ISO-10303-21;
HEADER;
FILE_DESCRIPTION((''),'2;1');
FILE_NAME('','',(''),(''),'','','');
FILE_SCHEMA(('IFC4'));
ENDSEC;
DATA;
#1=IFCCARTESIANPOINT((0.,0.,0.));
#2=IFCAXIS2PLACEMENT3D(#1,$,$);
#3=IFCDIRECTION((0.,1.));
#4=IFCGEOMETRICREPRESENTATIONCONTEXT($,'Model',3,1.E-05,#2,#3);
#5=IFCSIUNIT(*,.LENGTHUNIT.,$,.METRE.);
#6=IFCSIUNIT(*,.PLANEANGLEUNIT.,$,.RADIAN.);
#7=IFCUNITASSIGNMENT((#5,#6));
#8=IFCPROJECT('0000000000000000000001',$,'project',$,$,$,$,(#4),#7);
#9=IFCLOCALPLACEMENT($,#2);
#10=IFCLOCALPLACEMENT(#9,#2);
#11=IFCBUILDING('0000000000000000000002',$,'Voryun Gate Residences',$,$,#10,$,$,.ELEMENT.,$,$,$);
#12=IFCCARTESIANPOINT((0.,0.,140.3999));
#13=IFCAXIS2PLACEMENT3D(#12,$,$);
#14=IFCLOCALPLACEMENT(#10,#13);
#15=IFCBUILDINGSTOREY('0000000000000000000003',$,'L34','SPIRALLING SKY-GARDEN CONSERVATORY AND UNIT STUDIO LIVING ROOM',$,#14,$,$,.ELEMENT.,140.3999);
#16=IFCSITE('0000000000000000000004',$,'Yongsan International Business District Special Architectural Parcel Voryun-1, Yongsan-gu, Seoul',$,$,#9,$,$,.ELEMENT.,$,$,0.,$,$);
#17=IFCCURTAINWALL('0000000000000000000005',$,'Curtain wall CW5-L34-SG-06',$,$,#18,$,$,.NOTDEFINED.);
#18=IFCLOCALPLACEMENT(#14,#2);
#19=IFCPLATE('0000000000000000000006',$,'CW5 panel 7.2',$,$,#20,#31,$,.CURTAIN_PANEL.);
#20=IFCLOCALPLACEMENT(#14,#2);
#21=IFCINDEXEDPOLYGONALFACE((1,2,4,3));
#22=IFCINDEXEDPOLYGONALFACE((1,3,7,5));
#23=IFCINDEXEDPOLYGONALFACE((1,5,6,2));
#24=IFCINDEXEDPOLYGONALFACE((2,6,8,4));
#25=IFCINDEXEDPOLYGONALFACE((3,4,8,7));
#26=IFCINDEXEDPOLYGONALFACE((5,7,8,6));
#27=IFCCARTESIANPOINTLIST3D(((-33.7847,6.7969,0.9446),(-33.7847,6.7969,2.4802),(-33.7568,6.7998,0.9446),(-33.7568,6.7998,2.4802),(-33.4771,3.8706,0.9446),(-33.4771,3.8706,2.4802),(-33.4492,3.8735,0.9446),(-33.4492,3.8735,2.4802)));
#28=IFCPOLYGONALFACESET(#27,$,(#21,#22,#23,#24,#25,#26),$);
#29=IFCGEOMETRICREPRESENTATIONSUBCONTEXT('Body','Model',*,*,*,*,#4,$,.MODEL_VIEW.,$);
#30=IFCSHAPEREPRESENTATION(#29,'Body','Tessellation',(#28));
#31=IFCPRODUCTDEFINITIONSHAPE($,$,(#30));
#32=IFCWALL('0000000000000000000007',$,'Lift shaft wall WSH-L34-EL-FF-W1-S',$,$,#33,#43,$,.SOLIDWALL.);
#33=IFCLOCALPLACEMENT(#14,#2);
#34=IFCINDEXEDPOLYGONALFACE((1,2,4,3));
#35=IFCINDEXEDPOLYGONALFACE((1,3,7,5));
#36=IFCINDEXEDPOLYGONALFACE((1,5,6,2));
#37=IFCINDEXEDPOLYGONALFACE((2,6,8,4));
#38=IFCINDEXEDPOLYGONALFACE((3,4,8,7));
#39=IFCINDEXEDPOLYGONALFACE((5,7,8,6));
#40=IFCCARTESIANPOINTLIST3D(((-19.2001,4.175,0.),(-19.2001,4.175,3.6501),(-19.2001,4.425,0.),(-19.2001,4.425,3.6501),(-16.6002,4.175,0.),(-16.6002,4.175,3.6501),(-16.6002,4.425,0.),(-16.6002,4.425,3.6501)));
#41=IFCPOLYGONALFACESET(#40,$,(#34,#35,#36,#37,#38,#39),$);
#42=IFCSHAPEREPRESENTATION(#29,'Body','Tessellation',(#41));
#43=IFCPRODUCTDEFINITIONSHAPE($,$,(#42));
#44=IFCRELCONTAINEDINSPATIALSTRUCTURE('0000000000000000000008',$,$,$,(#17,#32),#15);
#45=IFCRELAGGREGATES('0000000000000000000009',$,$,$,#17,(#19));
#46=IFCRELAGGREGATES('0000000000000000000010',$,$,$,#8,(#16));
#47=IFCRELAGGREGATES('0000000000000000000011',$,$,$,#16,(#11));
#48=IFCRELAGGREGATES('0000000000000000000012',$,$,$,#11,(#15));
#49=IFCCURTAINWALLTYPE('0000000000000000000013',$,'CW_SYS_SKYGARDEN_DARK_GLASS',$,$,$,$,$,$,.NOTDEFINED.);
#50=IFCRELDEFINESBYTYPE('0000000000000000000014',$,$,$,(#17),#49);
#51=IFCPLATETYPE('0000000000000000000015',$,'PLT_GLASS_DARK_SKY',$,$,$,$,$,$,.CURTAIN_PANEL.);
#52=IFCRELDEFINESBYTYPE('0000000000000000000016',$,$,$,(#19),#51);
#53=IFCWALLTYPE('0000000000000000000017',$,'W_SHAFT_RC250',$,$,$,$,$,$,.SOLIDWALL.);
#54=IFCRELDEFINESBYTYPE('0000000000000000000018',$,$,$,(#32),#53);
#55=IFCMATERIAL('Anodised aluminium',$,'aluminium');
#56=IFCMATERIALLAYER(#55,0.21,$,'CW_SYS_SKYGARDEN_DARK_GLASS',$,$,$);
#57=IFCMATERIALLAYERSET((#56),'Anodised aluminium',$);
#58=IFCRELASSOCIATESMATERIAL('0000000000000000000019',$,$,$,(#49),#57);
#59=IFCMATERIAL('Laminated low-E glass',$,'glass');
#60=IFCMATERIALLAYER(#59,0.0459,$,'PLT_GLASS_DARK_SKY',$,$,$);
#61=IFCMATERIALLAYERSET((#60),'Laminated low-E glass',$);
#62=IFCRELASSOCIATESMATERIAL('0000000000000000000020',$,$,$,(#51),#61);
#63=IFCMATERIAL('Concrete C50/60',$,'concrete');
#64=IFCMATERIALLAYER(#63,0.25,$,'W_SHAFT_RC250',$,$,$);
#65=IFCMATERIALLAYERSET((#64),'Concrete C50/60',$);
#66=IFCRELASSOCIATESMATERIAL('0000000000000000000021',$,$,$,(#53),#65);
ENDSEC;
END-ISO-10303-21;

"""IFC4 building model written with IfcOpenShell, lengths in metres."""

from ifc_helpers import new_model, si_unit, direction, frame, frame_2d, origin, origin_2d, place, context, subcontext, project, spatial, rectangle, extrude, material, layer, layer_set, type_object, element, aggregate, save


model = new_model("IFC4")

# Units and contexts
model_context = context("Model", 3, precision=1e-05, world=origin(), true_north=direction((0.0, 1.0)))
body_context = subcontext(model_context, "Body", "Model", "MODEL_VIEW")
ifc_project = project(units=[si_unit("LENGTHUNIT", "METRE"), si_unit("PLANEANGLEUNIT", "RADIAN")], contexts=[model_context])

# Site, building, storey
site_placement = place(None, origin())
site = spatial("IfcSite", under=ifc_project, at=site_placement, Name="Yongsan International Business District Special Architectural Parcel Voryun-1, Yongsan-gu, Seoul", CompositionType="ELEMENT", RefElevation=0.0)
building_placement = place(site_placement, origin())
building = spatial("IfcBuilding", under=site, at=building_placement, Name="Voryun Gate Residences", CompositionType="ELEMENT")
storey_placement = place(building_placement, frame((0.0, 0.0, 140.3999)))
storey = spatial("IfcBuildingStorey", under=building, at=storey_placement, Name="L34", Description="SPIRALLING SKY-GARDEN CONSERVATORY AND UNIT STUDIO LIVING ROOM", CompositionType="ELEMENT", Elevation=140.3999)

# Curtain wall
ifc_material_1 = material(Name="Anodised aluminium", Category="aluminium")
ifc_layer_1 = layer(ifc_material_1, 0.21, Name="CW_SYS_SKYGARDEN_DARK_GLASS")
ifc_layer_set_1 = layer_set([ifc_layer_1], Name="Anodised aluminium")
curtain_wall_type = type_object("IfcCurtainWallType", Name="CW_SYS_SKYGARDEN_DARK_GLASS", PredefinedType="NOTDEFINED", material=ifc_layer_set_1)
curtain_wall_placement = place(storey_placement, origin())
curtain_wall = element("IfcCurtainWall", 1, at=curtain_wall_placement, inside=storey, type_object=curtain_wall_type, Name="Curtain wall CW5-L34-SG-06", PredefinedType="NOTDEFINED")

# Plate
ifc_material_2 = material(Name="Laminated low-E glass", Category="glass")
ifc_layer_2 = layer(ifc_material_2, 0.0459, Name="PLT_GLASS_DARK_SKY")
ifc_layer_set_2 = layer_set([ifc_layer_2], Name="Laminated low-E glass")
plate_type_1 = type_object("IfcPlateType", Name="PLT_GLASS_DARK_SKY", PredefinedType="CURTAIN_PANEL", material=ifc_layer_set_2)
plate_1_placement = place(storey_placement, frame((-33.6169, 5.3352, 0.9446), z_axis=(0.0, 0.0, 1.0), x_axis=(-0.10453, 0.994522, 0.0)))
plate_1 = element("IfcPlate", 2, at=plate_1_placement, type_object=plate_type_1, Name="CW5 panel 7.2", PredefinedType="CURTAIN_PANEL", context=body_context, shape_type="SweptSolid", body=[
    extrude(rectangle(XDim=2.9424, YDim=0.0281, at=origin_2d()), origin(), (0.0, 0.0, 1.0), 1.5356),
])
aggregate(curtain_wall, [plate_1])

# Wall
ifc_material_3 = material(Name="Concrete C50/60", Category="concrete")
ifc_layer_3 = layer(ifc_material_3, 0.25, Name="W_SHAFT_RC250")
ifc_layer_set_3 = layer_set([ifc_layer_3], Name="Concrete C50/60")
wall_type = type_object("IfcWallType", Name="W_SHAFT_RC250", PredefinedType="SOLIDWALL", material=ifc_layer_set_3)
wall_placement = place(storey_placement, frame((-19.2, 4.3, 0.0), z_axis=(0.0, 0.0, 1.0), x_axis=(1.0, 0.0, 0.0)))
element("IfcWall", 3, at=wall_placement, inside=storey, type_object=wall_type, Name="Lift shaft wall WSH-L34-EL-FF-W1-S", PredefinedType="SOLIDWALL", context=body_context, shape_type="SweptSolid", body=[
    extrude(rectangle(XDim=2.5999, YDim=0.25, at=frame_2d((1.2998, 0.0))), origin(), (0.0, 0.0, 1.0), 3.6501),
])

save(model, "model.ifc")
